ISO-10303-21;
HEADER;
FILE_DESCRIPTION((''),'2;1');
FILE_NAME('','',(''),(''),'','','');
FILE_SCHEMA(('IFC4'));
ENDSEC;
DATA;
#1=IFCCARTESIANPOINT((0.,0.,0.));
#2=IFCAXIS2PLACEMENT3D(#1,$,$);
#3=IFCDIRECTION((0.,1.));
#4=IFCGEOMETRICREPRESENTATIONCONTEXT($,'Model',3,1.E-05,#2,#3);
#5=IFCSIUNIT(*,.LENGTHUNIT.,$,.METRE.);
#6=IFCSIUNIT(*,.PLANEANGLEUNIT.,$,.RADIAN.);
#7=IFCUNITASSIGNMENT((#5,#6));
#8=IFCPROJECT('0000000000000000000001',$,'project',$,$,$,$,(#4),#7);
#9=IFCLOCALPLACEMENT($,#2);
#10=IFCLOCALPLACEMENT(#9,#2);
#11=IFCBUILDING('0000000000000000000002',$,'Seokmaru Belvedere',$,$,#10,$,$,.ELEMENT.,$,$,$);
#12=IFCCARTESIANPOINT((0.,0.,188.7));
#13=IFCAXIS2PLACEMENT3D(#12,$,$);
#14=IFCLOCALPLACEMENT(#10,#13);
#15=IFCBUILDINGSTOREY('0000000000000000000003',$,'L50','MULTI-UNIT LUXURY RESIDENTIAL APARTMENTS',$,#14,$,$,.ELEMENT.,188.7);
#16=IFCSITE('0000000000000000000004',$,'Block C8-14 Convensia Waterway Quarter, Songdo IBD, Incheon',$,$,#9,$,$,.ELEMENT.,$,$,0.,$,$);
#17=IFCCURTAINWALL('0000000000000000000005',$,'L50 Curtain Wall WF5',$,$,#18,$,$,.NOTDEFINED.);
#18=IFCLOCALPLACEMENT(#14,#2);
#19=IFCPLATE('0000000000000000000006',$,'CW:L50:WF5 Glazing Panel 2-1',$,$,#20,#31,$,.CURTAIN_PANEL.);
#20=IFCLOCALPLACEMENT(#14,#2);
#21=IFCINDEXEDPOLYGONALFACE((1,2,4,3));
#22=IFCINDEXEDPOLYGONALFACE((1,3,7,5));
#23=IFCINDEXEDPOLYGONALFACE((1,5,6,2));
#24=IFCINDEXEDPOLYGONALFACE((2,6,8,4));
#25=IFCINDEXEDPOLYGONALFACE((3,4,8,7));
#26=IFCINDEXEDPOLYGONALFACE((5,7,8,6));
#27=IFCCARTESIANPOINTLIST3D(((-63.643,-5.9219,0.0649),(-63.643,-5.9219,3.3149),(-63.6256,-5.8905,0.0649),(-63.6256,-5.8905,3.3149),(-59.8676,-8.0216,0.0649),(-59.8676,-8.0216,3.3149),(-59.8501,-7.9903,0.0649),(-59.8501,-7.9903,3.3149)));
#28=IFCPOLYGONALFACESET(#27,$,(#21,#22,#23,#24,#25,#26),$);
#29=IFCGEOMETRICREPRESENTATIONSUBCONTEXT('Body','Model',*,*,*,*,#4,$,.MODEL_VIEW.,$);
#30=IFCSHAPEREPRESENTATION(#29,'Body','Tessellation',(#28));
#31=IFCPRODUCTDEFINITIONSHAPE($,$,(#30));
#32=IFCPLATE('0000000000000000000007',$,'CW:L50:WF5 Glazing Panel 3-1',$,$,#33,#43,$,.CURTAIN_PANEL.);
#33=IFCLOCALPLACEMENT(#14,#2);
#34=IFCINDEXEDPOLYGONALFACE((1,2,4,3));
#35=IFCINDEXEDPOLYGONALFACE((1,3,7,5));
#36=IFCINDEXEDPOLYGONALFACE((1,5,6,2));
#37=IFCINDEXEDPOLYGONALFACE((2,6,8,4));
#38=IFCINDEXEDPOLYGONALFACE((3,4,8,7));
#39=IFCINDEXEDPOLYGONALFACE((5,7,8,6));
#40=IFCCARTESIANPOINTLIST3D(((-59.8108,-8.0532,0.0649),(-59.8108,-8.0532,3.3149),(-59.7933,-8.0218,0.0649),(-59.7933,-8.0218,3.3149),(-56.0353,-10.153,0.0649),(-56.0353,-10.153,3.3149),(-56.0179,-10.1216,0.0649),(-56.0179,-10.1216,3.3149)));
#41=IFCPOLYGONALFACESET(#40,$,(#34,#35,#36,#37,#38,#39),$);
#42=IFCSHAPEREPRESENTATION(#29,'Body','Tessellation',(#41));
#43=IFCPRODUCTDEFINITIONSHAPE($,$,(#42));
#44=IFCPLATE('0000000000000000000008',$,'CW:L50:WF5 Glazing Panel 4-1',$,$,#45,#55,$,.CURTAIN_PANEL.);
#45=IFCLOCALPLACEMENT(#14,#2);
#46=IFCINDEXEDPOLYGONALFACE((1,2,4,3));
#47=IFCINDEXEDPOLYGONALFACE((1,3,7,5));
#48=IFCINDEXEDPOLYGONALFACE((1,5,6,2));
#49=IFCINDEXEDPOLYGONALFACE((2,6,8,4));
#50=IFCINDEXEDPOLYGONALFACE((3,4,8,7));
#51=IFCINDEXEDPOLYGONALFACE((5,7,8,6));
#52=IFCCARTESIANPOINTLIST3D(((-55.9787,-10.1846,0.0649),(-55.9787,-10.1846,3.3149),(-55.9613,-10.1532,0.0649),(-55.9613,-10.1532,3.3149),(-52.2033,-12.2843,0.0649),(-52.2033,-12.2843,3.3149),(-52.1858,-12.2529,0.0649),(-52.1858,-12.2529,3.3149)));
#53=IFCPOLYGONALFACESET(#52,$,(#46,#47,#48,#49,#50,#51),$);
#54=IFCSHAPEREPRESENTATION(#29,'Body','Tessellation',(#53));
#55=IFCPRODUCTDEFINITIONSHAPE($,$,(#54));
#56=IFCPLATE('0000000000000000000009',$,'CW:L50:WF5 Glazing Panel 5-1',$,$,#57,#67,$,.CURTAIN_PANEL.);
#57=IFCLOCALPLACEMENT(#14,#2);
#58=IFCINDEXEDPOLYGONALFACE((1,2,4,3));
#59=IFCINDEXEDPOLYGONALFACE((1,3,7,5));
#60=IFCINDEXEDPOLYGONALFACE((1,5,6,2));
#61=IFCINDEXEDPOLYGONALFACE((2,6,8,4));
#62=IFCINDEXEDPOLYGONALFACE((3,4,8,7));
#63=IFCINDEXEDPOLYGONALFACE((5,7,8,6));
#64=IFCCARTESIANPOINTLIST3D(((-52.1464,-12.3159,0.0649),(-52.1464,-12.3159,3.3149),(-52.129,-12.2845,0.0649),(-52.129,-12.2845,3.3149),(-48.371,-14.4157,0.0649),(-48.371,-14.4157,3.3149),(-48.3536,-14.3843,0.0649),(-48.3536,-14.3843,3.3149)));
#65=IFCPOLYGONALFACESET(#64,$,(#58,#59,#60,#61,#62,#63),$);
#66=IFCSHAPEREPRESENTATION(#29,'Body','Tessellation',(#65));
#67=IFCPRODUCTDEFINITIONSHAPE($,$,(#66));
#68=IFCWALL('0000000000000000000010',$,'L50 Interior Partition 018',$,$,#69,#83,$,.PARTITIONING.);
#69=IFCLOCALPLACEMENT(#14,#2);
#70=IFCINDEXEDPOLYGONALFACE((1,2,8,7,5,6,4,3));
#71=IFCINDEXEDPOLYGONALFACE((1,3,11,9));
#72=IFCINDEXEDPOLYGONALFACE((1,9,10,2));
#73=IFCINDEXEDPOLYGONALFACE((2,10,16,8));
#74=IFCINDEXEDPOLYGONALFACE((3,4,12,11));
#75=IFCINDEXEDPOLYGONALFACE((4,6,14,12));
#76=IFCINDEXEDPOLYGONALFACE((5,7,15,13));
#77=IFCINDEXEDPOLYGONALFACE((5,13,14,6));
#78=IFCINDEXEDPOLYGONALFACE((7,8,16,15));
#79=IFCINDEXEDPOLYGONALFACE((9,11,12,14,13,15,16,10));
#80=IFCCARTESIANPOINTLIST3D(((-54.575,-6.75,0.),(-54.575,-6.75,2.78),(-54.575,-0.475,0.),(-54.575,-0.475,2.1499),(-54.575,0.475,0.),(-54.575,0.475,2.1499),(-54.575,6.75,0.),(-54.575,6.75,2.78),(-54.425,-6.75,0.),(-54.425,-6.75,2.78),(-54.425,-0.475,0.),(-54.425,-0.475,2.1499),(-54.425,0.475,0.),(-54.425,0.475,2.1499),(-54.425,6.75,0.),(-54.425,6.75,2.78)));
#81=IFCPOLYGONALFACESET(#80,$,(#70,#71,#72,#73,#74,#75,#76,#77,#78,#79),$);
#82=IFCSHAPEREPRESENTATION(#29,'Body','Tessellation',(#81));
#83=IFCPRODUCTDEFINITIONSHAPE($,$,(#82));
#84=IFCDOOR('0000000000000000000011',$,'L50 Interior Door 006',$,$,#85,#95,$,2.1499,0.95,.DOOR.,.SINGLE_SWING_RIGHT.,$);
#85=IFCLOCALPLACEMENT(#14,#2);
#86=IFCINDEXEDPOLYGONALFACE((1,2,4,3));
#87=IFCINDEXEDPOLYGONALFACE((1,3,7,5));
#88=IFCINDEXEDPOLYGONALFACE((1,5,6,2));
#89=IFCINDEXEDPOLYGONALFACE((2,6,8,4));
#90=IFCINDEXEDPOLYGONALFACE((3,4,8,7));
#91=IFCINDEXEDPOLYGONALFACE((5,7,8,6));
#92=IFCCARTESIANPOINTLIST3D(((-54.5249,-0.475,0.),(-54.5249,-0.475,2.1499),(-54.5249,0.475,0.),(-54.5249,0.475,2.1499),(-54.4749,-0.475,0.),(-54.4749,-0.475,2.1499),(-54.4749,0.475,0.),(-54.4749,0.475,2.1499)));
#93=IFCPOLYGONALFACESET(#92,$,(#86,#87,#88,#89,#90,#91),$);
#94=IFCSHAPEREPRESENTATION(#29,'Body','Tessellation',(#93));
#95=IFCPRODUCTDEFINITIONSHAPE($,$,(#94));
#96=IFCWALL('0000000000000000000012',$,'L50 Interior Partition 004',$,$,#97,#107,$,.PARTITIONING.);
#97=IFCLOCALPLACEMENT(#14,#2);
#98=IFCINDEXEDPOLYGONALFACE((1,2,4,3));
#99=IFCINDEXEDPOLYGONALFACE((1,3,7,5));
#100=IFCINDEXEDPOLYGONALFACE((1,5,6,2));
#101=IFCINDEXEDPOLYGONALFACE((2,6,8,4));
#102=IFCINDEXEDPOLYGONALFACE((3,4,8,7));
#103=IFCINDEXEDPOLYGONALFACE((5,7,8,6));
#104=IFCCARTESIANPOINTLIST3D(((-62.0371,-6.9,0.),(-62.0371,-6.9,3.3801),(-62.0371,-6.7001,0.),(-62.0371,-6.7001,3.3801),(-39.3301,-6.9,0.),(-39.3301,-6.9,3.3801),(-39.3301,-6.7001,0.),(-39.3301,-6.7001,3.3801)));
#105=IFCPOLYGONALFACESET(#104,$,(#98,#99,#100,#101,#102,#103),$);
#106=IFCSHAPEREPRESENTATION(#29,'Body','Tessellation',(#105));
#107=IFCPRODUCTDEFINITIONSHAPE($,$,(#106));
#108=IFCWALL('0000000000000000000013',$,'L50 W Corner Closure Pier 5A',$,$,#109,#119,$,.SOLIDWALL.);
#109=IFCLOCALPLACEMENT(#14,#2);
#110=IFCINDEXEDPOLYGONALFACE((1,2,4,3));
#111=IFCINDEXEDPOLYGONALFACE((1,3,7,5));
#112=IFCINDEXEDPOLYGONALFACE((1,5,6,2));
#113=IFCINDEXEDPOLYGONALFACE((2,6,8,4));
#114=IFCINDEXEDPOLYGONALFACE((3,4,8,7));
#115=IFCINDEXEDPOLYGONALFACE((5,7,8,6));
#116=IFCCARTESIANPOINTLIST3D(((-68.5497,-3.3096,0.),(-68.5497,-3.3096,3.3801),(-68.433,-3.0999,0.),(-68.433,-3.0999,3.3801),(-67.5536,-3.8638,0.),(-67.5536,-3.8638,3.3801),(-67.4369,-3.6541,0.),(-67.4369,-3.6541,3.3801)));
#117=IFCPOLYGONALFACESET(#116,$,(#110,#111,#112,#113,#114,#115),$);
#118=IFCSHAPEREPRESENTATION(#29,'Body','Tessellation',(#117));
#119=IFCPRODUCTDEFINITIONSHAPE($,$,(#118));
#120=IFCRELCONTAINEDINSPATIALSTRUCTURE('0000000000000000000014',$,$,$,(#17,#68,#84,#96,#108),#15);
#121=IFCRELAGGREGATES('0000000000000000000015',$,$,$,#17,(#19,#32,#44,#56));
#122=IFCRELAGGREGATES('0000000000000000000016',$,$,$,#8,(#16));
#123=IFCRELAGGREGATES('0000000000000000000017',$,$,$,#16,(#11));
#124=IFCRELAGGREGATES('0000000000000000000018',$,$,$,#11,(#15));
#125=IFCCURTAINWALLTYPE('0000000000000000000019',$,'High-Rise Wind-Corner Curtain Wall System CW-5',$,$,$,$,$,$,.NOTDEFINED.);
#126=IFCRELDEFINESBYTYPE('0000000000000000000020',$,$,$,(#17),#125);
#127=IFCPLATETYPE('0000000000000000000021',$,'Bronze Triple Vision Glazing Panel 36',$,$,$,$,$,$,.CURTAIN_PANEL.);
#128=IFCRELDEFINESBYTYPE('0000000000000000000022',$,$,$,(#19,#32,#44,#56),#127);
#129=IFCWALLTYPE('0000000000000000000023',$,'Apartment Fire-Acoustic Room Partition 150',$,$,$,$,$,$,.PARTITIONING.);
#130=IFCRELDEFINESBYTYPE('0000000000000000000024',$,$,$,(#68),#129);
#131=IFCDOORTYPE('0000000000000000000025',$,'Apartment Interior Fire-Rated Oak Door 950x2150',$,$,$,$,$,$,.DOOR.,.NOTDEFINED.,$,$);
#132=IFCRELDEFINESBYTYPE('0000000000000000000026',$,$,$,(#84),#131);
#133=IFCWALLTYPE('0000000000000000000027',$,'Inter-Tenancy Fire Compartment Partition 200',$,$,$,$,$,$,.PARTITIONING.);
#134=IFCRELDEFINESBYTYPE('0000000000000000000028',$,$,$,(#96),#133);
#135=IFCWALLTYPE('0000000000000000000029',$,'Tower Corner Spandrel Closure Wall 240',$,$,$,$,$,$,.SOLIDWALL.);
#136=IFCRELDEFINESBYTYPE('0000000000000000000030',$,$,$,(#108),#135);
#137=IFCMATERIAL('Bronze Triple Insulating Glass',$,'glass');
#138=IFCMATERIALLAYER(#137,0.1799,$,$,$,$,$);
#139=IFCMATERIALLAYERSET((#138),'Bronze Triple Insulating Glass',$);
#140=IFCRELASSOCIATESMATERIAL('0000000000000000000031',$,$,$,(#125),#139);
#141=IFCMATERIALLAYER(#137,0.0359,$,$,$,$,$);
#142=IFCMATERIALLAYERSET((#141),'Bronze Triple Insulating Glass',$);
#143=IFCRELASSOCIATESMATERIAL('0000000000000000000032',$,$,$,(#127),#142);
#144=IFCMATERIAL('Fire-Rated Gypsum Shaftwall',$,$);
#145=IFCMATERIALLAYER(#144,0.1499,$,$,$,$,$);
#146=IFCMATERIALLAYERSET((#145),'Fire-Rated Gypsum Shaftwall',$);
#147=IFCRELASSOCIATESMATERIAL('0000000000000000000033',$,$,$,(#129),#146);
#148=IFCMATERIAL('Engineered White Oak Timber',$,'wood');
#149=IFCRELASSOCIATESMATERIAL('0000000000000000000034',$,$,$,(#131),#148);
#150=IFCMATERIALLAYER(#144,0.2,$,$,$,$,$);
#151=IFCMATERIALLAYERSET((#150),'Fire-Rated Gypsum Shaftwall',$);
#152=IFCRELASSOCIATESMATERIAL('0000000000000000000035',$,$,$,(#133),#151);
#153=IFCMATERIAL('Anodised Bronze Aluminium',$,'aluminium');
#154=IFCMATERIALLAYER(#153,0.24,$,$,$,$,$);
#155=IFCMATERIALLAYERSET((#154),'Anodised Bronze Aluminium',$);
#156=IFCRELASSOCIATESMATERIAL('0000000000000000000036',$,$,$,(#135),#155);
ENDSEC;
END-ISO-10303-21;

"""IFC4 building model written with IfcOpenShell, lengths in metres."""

from ifc_helpers import new_model, si_unit, direction, frame, frame_2d, origin, origin_2d, place, context, subcontext, project, spatial, rectangle, extrude, source, transform, mapped, material, layer, layer_set, type_object, type_shapes, element, fill, aggregate, save


model = new_model("IFC4")

# Units and contexts
model_context = context("Model", 3, precision=1e-05, world=origin(), true_north=direction((0.0, 1.0)))
body_context = subcontext(model_context, "Body", "Model", "MODEL_VIEW")
ifc_project = project(units=[si_unit("LENGTHUNIT", "METRE"), si_unit("PLANEANGLEUNIT", "RADIAN")], contexts=[model_context])

# Site, building, storey
site_placement = place(None, origin())
site = spatial("IfcSite", under=ifc_project, at=site_placement, Name="Block C8-14 Convensia Waterway Quarter, Songdo IBD, Incheon", CompositionType="ELEMENT", RefElevation=0.0)
building_placement = place(site_placement, origin())
building = spatial("IfcBuilding", under=site, at=building_placement, Name="Seokmaru Belvedere", CompositionType="ELEMENT")
storey_placement = place(building_placement, frame((0.0, 0.0, 188.7)))
storey = spatial("IfcBuildingStorey", under=building, at=storey_placement, Name="L50", Description="MULTI-UNIT LUXURY RESIDENTIAL APARTMENTS", CompositionType="ELEMENT", Elevation=188.7)

# Curtain wall, plates
ifc_material_1 = material(Name="Bronze Triple Insulating Glass", Category="glass")
ifc_layer_1 = layer(ifc_material_1, 0.1799)
ifc_layer_set_1 = layer_set([ifc_layer_1], Name="Bronze Triple Insulating Glass")
curtain_wall_type = type_object("IfcCurtainWallType", Name="High-Rise Wind-Corner Curtain Wall System CW-5", PredefinedType="NOTDEFINED", material=ifc_layer_set_1)
curtain_wall_placement = place(storey_placement, origin())
curtain_wall = element("IfcCurtainWall", 1, at=curtain_wall_placement, inside=storey, type_object=curtain_wall_type, Name="L50 Curtain Wall WF5", PredefinedType="NOTDEFINED")
ifc_material_2 = material(Name="Anodised Bronze Aluminium", Category="aluminium")
ifc_layer_2 = layer(ifc_material_1, 0.0359)
ifc_layer_set_2 = layer_set([ifc_layer_2], Name="Bronze Triple Insulating Glass")
plate_type = type_object("IfcPlateType", Name="Bronze Triple Vision Glazing Panel 36", PredefinedType="CURTAIN_PANEL", material=ifc_layer_set_2)
shared_shape_1 = source(origin(), body_context, "Body", "SweptSolid", [
    extrude(rectangle(XDim=4.3201, YDim=0.0359, at=origin_2d()), origin(), (0.0, 0.0, 1.0), 3.25),
])
plate_1_placement = place(storey_placement, frame((-61.7466, -6.9561, 0.0649), z_axis=(0.0, 0.0, 1.0), x_axis=(0.873933, -0.486047, 0.0)))
plate_1 = element("IfcPlate", 2, at=plate_1_placement, type_object=plate_type, Name="CW:L50:WF5 Glazing Panel 2-1", PredefinedType="CURTAIN_PANEL", context=body_context, shape_type="MappedRepresentation", body=[
    mapped(shared_shape_1, transform((0.0, 0.0, 0.0), scale=1.0)),
])
plate_2_placement = place(storey_placement, frame((-57.9143, -9.0874, 0.0649), z_axis=(0.0, 0.0, 1.0), x_axis=(0.873933, -0.486047, 0.0)))
plate_2 = element("IfcPlate", 3, at=plate_2_placement, type_object=plate_type, Name="CW:L50:WF5 Glazing Panel 3-1", PredefinedType="CURTAIN_PANEL", context=body_context, shape_type="MappedRepresentation", body=[
    mapped(shared_shape_1, transform((0.0, 0.0, 0.0), scale=1.0)),
])
plate_3_placement = place(storey_placement, frame((-54.0823, -11.2188, 0.0649), z_axis=(0.0, 0.0, 1.0), x_axis=(0.873933, -0.486047, 0.0)))
plate_3 = element("IfcPlate", 4, at=plate_3_placement, type_object=plate_type, Name="CW:L50:WF5 Glazing Panel 4-1", PredefinedType="CURTAIN_PANEL", context=body_context, shape_type="MappedRepresentation", body=[
    mapped(shared_shape_1, transform((0.0, 0.0, 0.0), scale=1.0)),
])
plate_4_placement = place(storey_placement, frame((-50.25, -13.3501, 0.0649), z_axis=(0.0, 0.0, 1.0), x_axis=(0.873933, -0.486047, 0.0)))
plate_4 = element("IfcPlate", 5, at=plate_4_placement, type_object=plate_type, Name="CW:L50:WF5 Glazing Panel 5-1", PredefinedType="CURTAIN_PANEL", context=body_context, shape_type="MappedRepresentation", body=[
    mapped(shared_shape_1, transform((0.0, 0.0, 0.0), scale=1.0)),
])
aggregate(curtain_wall, [plate_1, plate_2, plate_3, plate_4])

# Wall, opening, door
ifc_material_3 = material(Name="Fire-Rated Gypsum Shaftwall")
ifc_layer_3 = layer(ifc_material_3, 0.1499)
ifc_layer_set_3 = layer_set([ifc_layer_3], Name="Fire-Rated Gypsum Shaftwall")
wall_type_1 = type_object("IfcWallType", Name="Apartment Fire-Acoustic Room Partition 150", PredefinedType="PARTITIONING", material=ifc_layer_set_3)
wall_1_placement = place(storey_placement, frame((-54.5, -6.75, 0.0), z_axis=(0.0, 0.0, 1.0), x_axis=(0.0, 1.0, 0.0)))
wall_1 = element("IfcWall", 6, at=wall_1_placement, inside=storey, type_object=wall_type_1, Name="L50 Interior Partition 018", PredefinedType="PARTITIONING", context=body_context, shape_type="SweptSolid", body=[
    extrude(rectangle(XDim=13.5, YDim=0.1499, at=frame_2d((6.75, 0.0))), origin(), (0.0, 0.0, 1.0), 2.78),
])
opening_placement = place(wall_1_placement, frame((6.2749, 0.0, 0.0)))
opening = element("IfcOpeningElement", 7, at=opening_placement, cuts=wall_1, PredefinedType="OPENING", context=body_context, shape_type="SweptSolid", body=[
    extrude(rectangle(XDim=0.95, YDim=2.1499, at=frame_2d((0.4751, 1.075))), frame((0.0, 0.085, 0.0), z_axis=(0.0, -1.0, 0.0), x_axis=(1.0, 0.0, 0.0)), (0.0, 0.0, 1.0), 0.1699),
])
ifc_material_4 = material(Name="Engineered White Oak Timber", Category="wood")
door_type = type_object("IfcDoorType", Name="Apartment Interior Fire-Rated Oak Door 950x2150", OperationType="NOTDEFINED", PredefinedType="DOOR", material=ifc_material_4)
shared_shape_2 = source(origin(), body_context, "Body", "SweptSolid", [
    extrude(rectangle(XDim=0.95, YDim=2.1499, at=frame_2d((0.4751, 1.075))), frame((0.0, 0.0249, 0.0), z_axis=(0.0, -1.0, 0.0), x_axis=(1.0, 0.0, 0.0)), (0.0, 0.0, 1.0), 0.05),
])
type_shapes(door_type, [shared_shape_2])
door_placement = place(opening_placement, origin())
door = element("IfcDoor", 8, at=door_placement, inside=storey, type_object=door_type, Name="L50 Interior Door 006", OperationType="SINGLE_SWING_RIGHT", OverallHeight=2.1499, OverallWidth=0.95, PredefinedType="DOOR", context=body_context, shape_type="MappedRepresentation", body=[
    mapped(shared_shape_2, transform((0.0, 0.0, 0.0), scale=1.0)),
])
fill(opening, door)

# Walls
ifc_layer_4 = layer(ifc_material_3, 0.2)
ifc_layer_set_4 = layer_set([ifc_layer_4], Name="Fire-Rated Gypsum Shaftwall")
wall_type_2 = type_object("IfcWallType", Name="Inter-Tenancy Fire Compartment Partition 200", PredefinedType="PARTITIONING", material=ifc_layer_set_4)
wall_2_placement = place(storey_placement, frame((-62.0371, -6.8, 0.0), z_axis=(0.0, 0.0, 1.0), x_axis=(1.0, 0.0, 0.0)))
element("IfcWall", 9, at=wall_2_placement, inside=storey, type_object=wall_type_2, Name="L50 Interior Partition 004", PredefinedType="PARTITIONING", context=body_context, shape_type="SweptSolid", body=[
    extrude(rectangle(XDim=22.707, YDim=0.2, at=frame_2d((11.3535, 0.0))), origin(), (0.0, 0.0, 1.0), 3.3801),
])
ifc_layer_5 = layer(ifc_material_2, 0.24)
ifc_layer_set_5 = layer_set([ifc_layer_5], Name="Anodised Bronze Aluminium")
wall_type_3 = type_object("IfcWallType", Name="Tower Corner Spandrel Closure Wall 240", PredefinedType="SOLIDWALL", material=ifc_layer_set_5)
wall_3_placement = place(storey_placement, frame((-68.4912, -3.2048, 0.0), z_axis=(0.0, 0.0, 1.0), x_axis=(0.873854, -0.486188, 0.0)))
element("IfcWall", 10, at=wall_3_placement, inside=storey, type_object=wall_type_3, Name="L50 W Corner Closure Pier 5A", PredefinedType="SOLIDWALL", context=body_context, shape_type="SweptSolid", body=[
    extrude(rectangle(XDim=1.1399, YDim=0.24, at=frame_2d((0.5698, 0.0))), origin(), (0.0, 0.0, 1.0), 3.3801),
])

save(model, "model.ifc")
